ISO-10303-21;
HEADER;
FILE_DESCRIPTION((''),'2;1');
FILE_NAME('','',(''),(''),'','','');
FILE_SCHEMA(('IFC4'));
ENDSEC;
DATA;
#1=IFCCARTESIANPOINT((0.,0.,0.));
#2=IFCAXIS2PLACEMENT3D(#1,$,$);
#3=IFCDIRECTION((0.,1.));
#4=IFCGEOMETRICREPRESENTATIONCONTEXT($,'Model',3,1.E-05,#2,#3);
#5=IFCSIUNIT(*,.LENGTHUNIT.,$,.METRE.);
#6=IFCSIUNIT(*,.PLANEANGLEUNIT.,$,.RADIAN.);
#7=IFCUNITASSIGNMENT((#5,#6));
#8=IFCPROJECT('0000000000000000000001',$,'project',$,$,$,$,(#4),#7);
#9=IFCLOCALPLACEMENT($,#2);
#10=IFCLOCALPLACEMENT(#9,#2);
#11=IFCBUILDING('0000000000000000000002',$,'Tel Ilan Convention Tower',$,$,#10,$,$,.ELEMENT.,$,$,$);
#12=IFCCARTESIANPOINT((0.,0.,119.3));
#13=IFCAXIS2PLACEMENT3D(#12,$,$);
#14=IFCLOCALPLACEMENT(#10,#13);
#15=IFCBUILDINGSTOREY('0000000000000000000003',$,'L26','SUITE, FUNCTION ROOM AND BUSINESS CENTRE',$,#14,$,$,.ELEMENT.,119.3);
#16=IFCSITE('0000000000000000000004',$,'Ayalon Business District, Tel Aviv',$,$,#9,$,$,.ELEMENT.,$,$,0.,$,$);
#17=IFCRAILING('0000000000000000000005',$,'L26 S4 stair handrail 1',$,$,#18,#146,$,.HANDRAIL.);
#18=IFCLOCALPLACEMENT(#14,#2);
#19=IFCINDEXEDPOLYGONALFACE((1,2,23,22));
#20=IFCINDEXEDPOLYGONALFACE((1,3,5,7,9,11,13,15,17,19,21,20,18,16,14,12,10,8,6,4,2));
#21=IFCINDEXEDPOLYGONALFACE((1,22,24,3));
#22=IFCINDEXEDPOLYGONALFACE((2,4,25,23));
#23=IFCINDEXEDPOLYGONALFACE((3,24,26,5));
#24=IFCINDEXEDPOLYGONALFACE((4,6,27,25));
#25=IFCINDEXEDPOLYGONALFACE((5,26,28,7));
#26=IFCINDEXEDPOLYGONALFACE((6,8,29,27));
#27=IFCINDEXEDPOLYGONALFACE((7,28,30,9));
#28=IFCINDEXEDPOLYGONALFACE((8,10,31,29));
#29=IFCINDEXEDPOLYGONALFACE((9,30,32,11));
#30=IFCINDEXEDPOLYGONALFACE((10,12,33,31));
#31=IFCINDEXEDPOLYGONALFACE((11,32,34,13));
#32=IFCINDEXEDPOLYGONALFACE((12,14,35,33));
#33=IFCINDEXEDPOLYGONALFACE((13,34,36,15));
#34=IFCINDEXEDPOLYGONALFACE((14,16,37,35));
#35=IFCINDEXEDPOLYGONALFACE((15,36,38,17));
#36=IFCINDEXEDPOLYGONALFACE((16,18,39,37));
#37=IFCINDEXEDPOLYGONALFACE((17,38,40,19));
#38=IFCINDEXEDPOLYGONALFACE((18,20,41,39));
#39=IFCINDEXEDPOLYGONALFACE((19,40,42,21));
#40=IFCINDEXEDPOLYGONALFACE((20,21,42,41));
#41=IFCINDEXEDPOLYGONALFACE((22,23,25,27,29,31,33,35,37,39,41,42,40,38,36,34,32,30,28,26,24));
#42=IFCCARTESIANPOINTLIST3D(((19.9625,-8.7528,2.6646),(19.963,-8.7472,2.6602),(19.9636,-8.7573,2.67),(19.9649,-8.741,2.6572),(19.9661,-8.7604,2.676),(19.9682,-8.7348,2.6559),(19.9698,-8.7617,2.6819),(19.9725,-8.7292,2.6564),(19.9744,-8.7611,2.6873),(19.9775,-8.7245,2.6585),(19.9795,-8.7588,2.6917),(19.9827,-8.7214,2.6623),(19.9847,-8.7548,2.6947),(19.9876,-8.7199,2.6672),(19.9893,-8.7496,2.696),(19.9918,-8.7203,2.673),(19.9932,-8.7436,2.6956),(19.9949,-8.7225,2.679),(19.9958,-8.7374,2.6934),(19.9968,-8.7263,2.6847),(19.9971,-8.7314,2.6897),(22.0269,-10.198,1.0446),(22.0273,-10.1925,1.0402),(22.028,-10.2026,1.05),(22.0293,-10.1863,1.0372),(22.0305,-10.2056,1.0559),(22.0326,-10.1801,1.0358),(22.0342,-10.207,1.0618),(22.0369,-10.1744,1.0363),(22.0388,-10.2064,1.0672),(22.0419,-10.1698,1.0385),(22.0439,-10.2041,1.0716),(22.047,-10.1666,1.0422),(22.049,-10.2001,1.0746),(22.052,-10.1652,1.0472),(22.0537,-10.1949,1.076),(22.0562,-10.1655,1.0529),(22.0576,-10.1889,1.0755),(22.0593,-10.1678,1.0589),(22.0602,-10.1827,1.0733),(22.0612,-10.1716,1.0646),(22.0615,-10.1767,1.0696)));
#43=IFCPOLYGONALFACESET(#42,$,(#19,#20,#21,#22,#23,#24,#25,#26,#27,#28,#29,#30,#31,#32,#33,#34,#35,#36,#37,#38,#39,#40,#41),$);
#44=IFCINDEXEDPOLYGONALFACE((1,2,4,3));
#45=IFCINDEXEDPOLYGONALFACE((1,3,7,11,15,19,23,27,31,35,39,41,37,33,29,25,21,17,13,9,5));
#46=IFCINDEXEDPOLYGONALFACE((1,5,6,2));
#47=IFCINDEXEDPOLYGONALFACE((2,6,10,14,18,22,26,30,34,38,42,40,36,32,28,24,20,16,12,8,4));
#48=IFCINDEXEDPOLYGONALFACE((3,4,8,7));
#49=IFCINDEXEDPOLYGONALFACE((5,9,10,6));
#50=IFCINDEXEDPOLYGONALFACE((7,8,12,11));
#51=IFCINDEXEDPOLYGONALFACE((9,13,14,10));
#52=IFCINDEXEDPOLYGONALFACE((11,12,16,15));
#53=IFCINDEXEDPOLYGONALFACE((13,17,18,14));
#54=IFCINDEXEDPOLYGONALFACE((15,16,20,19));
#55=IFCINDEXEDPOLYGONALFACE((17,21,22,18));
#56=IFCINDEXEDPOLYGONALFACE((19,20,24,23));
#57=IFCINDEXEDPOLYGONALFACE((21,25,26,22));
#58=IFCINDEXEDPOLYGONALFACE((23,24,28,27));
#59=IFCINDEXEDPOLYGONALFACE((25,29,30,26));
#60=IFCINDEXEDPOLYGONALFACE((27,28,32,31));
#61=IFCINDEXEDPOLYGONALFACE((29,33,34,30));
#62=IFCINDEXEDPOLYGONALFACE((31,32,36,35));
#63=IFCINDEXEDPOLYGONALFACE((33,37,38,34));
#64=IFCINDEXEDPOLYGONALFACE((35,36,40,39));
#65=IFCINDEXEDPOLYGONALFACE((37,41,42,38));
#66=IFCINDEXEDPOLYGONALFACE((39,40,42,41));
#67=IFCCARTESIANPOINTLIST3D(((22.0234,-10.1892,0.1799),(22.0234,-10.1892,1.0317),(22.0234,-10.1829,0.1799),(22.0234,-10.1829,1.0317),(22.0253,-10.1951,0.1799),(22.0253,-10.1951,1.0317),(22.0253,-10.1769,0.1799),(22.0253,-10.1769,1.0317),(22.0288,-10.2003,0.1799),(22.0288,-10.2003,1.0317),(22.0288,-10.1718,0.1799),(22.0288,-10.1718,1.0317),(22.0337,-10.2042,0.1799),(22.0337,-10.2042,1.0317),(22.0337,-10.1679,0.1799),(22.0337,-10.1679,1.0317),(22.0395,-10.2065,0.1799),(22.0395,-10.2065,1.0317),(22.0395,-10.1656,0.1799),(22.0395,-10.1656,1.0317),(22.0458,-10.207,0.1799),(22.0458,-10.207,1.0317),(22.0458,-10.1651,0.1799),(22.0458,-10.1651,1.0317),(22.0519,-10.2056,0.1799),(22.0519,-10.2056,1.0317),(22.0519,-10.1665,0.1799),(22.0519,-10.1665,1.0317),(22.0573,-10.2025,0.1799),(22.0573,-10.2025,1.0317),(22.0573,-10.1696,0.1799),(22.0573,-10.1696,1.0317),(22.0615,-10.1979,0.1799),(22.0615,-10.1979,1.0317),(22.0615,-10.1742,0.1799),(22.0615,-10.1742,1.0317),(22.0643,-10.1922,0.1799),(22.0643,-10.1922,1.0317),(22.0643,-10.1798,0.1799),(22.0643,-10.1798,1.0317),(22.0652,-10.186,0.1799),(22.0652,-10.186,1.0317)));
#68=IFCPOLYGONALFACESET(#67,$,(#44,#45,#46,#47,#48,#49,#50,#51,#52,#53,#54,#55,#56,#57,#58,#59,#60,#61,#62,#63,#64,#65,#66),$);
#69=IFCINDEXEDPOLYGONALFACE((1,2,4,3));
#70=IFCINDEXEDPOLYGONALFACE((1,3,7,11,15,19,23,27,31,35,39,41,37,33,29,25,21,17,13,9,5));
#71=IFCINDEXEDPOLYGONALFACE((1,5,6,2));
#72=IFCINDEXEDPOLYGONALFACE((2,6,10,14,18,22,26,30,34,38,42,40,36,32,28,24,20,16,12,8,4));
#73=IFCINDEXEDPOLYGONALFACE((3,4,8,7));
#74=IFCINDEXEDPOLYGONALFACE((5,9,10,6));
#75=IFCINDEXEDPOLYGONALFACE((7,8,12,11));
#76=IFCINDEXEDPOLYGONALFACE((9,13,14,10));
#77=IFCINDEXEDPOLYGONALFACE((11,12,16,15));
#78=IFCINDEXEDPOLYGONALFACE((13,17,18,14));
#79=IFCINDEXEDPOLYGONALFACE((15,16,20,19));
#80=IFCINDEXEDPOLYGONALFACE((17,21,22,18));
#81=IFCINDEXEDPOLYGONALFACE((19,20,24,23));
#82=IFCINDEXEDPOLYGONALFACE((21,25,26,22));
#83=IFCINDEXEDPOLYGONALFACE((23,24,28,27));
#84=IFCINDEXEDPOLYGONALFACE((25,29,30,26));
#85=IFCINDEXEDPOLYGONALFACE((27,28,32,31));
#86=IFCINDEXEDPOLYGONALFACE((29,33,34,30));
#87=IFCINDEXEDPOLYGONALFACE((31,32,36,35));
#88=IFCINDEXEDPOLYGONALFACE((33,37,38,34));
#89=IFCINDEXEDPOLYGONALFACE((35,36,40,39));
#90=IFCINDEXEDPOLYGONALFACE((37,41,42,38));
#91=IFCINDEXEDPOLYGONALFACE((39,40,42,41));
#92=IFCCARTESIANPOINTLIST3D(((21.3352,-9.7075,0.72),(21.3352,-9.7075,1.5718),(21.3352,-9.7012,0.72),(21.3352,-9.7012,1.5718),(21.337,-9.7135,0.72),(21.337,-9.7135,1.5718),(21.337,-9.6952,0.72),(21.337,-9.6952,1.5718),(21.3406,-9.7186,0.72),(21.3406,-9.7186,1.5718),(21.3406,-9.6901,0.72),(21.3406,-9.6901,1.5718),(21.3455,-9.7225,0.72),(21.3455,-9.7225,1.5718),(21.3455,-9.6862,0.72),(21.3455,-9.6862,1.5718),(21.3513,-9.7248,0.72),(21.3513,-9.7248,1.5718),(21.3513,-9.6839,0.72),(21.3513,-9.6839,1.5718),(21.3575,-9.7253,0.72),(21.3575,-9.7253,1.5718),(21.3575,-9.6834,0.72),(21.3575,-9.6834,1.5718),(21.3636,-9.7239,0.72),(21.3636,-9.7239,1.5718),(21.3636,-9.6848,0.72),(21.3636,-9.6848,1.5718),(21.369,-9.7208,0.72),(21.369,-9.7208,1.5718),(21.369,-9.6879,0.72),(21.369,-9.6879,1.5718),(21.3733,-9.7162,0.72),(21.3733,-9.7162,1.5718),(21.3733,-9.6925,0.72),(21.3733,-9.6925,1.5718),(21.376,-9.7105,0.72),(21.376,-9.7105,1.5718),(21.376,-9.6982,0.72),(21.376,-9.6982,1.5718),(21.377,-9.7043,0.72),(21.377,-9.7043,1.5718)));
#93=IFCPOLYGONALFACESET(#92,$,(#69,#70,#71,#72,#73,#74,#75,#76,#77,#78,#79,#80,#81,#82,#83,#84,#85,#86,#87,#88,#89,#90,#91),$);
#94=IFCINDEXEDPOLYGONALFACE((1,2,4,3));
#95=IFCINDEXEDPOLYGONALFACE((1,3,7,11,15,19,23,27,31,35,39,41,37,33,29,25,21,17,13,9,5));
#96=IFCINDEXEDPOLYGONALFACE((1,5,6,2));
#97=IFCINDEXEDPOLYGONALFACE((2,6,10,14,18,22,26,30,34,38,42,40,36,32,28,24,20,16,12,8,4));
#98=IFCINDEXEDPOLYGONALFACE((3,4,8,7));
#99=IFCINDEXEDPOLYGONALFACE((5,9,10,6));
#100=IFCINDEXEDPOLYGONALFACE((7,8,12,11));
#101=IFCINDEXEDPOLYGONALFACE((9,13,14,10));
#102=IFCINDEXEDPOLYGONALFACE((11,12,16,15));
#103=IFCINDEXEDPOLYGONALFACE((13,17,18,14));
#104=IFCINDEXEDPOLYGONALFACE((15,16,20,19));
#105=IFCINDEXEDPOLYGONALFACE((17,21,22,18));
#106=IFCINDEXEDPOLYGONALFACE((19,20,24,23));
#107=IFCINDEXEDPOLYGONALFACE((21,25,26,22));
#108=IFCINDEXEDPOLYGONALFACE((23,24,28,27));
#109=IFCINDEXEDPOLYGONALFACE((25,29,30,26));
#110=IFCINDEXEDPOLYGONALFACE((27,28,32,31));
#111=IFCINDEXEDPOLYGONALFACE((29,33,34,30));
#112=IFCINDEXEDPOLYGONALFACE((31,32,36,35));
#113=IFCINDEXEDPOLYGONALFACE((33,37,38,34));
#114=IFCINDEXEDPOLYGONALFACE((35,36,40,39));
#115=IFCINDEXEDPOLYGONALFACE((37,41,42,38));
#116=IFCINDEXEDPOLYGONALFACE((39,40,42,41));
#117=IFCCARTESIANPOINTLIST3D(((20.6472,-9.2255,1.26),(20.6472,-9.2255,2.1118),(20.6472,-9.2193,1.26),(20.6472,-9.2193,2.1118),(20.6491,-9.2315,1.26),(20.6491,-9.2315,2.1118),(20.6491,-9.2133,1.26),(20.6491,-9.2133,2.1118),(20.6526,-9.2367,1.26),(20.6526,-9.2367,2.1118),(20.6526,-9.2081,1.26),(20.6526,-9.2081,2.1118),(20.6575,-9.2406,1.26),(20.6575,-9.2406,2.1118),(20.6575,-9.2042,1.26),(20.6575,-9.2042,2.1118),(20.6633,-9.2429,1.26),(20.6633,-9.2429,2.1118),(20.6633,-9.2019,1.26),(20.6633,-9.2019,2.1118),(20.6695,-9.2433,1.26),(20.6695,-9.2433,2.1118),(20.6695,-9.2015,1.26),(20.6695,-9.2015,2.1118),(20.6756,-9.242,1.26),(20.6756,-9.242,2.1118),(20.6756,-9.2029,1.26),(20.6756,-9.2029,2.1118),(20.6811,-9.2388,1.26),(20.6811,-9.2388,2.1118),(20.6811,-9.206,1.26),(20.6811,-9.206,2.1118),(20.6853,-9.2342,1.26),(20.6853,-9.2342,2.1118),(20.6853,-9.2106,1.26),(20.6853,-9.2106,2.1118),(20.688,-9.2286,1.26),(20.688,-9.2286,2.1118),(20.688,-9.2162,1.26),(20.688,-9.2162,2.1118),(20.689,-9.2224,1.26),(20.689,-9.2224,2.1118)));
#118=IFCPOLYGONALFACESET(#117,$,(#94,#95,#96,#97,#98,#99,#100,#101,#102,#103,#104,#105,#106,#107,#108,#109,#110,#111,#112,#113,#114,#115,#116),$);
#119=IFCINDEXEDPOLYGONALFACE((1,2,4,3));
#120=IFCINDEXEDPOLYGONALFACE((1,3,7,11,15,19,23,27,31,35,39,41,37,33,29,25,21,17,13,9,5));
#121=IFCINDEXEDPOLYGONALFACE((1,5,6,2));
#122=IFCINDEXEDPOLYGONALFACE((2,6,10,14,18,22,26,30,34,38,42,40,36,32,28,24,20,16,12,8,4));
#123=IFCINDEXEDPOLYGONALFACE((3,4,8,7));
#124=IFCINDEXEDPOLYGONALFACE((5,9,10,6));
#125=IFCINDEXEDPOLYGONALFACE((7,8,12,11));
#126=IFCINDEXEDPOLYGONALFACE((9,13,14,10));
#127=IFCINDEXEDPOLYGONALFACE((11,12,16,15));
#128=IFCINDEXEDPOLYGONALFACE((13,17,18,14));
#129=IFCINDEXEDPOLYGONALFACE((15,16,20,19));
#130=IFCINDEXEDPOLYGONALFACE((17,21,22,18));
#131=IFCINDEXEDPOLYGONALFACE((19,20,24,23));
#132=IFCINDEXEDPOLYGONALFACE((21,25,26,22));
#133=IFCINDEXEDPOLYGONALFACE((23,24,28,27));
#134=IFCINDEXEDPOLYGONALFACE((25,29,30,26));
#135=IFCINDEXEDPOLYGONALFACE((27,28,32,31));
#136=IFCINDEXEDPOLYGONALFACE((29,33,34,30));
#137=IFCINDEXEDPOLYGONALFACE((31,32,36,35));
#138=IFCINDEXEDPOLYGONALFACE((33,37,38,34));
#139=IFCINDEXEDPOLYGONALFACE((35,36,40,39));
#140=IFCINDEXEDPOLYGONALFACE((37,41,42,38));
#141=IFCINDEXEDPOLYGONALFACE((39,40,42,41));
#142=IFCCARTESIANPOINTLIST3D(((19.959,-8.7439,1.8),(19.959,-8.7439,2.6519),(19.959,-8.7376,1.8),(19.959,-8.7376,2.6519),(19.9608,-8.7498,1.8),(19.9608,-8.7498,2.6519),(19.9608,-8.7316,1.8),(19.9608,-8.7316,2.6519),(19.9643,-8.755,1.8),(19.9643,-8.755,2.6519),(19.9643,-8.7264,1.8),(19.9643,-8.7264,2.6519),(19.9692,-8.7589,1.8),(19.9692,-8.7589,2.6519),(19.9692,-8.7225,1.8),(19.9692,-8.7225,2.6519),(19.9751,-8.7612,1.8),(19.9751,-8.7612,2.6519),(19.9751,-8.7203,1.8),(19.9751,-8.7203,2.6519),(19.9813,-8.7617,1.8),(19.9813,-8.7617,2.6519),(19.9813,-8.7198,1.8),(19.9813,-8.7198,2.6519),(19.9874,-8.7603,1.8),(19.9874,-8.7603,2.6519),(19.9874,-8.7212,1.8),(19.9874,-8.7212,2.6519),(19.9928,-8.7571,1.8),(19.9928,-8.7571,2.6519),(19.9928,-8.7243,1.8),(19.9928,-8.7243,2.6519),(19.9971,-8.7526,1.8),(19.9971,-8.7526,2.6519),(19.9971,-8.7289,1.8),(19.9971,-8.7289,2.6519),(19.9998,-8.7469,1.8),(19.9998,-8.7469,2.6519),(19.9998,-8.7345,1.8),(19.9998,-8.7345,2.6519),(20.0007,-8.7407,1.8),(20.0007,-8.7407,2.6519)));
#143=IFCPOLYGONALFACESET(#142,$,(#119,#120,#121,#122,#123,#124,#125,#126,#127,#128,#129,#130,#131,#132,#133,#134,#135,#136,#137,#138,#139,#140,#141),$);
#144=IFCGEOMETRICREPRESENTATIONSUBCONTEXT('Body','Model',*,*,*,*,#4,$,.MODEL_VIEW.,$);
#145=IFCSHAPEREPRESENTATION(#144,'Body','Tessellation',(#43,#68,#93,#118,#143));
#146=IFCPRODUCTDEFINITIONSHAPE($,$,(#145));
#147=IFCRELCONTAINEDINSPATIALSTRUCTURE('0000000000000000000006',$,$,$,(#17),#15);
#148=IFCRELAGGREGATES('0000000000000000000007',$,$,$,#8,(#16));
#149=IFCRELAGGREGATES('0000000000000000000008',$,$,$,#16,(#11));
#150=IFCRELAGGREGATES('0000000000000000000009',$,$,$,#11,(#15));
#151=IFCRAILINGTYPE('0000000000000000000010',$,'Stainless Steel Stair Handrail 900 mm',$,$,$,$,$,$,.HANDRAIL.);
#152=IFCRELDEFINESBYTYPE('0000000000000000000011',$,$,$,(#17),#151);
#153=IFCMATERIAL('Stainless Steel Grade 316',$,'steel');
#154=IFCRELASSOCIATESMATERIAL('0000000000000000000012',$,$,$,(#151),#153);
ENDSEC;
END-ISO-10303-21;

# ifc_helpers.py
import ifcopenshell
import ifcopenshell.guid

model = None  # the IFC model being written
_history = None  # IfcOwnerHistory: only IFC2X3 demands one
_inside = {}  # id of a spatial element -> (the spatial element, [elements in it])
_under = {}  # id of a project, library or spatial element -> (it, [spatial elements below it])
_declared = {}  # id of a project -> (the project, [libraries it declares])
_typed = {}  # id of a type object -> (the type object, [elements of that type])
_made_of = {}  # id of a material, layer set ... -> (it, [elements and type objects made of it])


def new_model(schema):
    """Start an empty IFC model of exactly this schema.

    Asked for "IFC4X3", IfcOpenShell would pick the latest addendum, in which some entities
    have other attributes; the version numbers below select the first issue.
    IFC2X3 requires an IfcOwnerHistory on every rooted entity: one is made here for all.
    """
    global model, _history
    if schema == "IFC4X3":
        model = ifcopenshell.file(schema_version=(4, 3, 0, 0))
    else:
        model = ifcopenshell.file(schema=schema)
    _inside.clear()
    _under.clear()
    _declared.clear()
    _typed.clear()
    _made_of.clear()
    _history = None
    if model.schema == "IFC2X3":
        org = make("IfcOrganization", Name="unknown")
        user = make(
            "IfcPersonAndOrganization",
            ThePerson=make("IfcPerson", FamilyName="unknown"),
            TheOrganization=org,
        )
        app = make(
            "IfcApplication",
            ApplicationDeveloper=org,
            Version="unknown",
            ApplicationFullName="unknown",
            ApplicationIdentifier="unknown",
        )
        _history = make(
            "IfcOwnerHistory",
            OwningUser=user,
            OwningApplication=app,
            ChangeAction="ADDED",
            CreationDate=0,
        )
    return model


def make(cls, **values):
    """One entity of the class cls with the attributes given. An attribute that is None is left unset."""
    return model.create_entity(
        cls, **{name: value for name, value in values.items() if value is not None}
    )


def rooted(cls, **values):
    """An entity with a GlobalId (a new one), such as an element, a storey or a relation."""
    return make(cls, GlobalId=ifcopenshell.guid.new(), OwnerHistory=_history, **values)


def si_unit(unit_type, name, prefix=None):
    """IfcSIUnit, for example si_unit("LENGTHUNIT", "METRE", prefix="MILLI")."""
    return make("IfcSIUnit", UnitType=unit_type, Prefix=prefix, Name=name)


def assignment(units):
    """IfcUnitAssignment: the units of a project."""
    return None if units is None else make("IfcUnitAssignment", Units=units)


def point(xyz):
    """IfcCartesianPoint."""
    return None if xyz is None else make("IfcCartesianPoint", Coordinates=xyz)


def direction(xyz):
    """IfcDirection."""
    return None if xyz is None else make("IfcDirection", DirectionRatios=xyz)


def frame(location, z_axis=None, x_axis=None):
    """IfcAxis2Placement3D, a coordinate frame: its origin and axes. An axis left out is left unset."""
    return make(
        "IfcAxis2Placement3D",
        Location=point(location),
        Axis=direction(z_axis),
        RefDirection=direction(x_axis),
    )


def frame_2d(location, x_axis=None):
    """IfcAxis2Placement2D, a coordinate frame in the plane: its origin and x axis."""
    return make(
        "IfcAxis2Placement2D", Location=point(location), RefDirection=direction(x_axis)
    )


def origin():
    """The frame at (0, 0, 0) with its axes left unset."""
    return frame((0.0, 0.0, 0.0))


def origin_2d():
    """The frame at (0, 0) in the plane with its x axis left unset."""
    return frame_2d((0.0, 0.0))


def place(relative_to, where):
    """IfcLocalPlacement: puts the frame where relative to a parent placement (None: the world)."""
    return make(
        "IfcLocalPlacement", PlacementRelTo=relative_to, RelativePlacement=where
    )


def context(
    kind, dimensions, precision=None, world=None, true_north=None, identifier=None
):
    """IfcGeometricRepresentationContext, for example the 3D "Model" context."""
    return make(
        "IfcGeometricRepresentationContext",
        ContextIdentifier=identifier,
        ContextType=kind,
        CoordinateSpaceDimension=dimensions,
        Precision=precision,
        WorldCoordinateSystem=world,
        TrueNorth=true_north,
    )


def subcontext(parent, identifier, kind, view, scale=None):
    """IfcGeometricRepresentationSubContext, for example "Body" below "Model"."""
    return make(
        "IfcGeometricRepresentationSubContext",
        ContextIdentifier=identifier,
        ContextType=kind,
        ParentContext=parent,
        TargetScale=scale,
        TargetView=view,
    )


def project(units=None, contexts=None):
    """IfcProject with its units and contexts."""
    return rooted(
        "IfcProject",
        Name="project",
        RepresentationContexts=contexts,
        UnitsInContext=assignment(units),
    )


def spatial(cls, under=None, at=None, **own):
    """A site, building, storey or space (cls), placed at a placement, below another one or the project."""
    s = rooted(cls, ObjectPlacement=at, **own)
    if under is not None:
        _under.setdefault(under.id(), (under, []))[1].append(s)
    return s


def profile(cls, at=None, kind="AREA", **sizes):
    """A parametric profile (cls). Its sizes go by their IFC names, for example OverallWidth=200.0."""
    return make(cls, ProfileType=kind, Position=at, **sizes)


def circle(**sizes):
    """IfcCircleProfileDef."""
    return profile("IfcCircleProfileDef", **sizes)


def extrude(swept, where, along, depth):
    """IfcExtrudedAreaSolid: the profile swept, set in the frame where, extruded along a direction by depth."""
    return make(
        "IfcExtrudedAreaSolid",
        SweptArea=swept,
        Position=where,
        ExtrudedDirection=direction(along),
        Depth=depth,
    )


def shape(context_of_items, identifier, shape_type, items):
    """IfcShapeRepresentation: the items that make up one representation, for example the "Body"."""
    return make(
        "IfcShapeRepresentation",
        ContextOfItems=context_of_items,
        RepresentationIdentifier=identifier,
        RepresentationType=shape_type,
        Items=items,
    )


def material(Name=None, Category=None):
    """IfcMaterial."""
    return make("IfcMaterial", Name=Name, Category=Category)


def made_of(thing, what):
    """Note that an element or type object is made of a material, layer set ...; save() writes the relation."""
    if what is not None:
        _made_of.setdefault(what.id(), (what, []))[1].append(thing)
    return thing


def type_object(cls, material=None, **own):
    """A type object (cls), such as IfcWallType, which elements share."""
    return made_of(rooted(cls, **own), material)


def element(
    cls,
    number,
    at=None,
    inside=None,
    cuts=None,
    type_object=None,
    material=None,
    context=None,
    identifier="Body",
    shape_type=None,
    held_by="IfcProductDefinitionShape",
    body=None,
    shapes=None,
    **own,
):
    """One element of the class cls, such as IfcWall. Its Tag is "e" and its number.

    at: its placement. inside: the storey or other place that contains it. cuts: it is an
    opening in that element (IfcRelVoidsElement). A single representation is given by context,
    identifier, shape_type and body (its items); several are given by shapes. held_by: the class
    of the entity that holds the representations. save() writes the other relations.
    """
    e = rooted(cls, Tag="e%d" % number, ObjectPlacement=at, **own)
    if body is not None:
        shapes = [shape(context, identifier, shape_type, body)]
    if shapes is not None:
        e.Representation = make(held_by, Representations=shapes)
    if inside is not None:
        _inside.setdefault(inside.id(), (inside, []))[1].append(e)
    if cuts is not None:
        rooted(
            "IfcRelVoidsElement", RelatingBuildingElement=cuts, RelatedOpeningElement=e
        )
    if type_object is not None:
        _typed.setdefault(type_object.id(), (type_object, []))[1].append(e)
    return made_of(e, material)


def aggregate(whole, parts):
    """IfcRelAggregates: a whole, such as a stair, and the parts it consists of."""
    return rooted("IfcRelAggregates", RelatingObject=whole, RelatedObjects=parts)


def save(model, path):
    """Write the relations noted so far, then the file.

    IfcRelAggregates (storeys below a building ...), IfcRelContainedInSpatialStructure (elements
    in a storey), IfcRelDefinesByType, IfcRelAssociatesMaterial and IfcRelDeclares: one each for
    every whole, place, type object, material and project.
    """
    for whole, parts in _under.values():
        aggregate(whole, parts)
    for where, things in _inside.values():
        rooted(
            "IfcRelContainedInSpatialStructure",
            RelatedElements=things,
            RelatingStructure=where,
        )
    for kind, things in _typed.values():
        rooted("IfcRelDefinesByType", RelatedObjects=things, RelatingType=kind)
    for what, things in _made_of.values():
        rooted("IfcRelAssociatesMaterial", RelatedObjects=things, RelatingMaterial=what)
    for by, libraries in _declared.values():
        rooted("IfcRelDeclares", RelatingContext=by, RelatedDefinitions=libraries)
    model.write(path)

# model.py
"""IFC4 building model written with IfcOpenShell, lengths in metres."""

from ifc_helpers import new_model, si_unit, direction, frame, origin, origin_2d, place, context, subcontext, project, spatial, circle, extrude, material, type_object, element, save


model = new_model("IFC4")

# Units and contexts
model_context = context("Model", 3, precision=1e-05, world=origin(), true_north=direction((0.0, 1.0)))
body_context = subcontext(model_context, "Body", "Model", "MODEL_VIEW")
ifc_project = project(units=[si_unit("LENGTHUNIT", "METRE"), si_unit("PLANEANGLEUNIT", "RADIAN")], contexts=[model_context])

# Site, building, storey
site_placement = place(None, origin())
site = spatial("IfcSite", under=ifc_project, at=site_placement, Name="Ayalon Business District, Tel Aviv", CompositionType="ELEMENT", RefElevation=0.0)
building_placement = place(site_placement, origin())
building = spatial("IfcBuilding", under=site, at=building_placement, Name="Tel Ilan Convention Tower", CompositionType="ELEMENT")
storey_placement = place(building_placement, frame((0.0, 0.0, 119.3)))
storey = spatial("IfcBuildingStorey", under=building, at=storey_placement, Name="L26", Description="SUITE, FUNCTION ROOM AND BUSINESS CENTRE", CompositionType="ELEMENT", Elevation=119.3)

# Railing
ifc_material_1 = material(Name="Stainless Steel Grade 316", Category="steel")
railing_type_1 = type_object("IfcRailingType", Name="Stainless Steel Stair Handrail 900 mm", PredefinedType="HANDRAIL", material=ifc_material_1)
railing_1_placement = place(storey_placement, frame((22.0442, -10.186, 0.1799)))
element("IfcRailing", 1, at=railing_1_placement, inside=storey, type_object=railing_type_1, Name="L26 S4 stair handrail 1", PredefinedType="HANDRAIL", context=body_context, shape_type="SweptSolid", body=[
    extrude(circle(Radius=0.0239, at=origin_2d()), frame((0.0, 0.0, 0.876), z_axis=(-0.689083, 0.482423, 0.54077), x_axis=(-0.573514, -0.819196, 0.0)), (0.0, 0.0, 1.0), 2.9958),
    extrude(circle(Radius=0.021, at=origin_2d()), origin(), (0.0, 0.0, 1.0), 0.8518),
    extrude(circle(Radius=0.021, at=origin_2d()), frame((-0.6882, 0.4817, 0.54)), (0.0, 0.0, 1.0), 0.8518),
    extrude(circle(Radius=0.021, at=origin_2d()), frame((-1.3762, 0.9636, 1.0801)), (0.0, 0.0, 1.0), 0.8518),
    extrude(circle(Radius=0.021, at=origin_2d()), frame((-2.0645, 1.4453, 1.6201)), (0.0, 0.0, 1.0), 0.8518),
])

save(model, "model.ifc")
